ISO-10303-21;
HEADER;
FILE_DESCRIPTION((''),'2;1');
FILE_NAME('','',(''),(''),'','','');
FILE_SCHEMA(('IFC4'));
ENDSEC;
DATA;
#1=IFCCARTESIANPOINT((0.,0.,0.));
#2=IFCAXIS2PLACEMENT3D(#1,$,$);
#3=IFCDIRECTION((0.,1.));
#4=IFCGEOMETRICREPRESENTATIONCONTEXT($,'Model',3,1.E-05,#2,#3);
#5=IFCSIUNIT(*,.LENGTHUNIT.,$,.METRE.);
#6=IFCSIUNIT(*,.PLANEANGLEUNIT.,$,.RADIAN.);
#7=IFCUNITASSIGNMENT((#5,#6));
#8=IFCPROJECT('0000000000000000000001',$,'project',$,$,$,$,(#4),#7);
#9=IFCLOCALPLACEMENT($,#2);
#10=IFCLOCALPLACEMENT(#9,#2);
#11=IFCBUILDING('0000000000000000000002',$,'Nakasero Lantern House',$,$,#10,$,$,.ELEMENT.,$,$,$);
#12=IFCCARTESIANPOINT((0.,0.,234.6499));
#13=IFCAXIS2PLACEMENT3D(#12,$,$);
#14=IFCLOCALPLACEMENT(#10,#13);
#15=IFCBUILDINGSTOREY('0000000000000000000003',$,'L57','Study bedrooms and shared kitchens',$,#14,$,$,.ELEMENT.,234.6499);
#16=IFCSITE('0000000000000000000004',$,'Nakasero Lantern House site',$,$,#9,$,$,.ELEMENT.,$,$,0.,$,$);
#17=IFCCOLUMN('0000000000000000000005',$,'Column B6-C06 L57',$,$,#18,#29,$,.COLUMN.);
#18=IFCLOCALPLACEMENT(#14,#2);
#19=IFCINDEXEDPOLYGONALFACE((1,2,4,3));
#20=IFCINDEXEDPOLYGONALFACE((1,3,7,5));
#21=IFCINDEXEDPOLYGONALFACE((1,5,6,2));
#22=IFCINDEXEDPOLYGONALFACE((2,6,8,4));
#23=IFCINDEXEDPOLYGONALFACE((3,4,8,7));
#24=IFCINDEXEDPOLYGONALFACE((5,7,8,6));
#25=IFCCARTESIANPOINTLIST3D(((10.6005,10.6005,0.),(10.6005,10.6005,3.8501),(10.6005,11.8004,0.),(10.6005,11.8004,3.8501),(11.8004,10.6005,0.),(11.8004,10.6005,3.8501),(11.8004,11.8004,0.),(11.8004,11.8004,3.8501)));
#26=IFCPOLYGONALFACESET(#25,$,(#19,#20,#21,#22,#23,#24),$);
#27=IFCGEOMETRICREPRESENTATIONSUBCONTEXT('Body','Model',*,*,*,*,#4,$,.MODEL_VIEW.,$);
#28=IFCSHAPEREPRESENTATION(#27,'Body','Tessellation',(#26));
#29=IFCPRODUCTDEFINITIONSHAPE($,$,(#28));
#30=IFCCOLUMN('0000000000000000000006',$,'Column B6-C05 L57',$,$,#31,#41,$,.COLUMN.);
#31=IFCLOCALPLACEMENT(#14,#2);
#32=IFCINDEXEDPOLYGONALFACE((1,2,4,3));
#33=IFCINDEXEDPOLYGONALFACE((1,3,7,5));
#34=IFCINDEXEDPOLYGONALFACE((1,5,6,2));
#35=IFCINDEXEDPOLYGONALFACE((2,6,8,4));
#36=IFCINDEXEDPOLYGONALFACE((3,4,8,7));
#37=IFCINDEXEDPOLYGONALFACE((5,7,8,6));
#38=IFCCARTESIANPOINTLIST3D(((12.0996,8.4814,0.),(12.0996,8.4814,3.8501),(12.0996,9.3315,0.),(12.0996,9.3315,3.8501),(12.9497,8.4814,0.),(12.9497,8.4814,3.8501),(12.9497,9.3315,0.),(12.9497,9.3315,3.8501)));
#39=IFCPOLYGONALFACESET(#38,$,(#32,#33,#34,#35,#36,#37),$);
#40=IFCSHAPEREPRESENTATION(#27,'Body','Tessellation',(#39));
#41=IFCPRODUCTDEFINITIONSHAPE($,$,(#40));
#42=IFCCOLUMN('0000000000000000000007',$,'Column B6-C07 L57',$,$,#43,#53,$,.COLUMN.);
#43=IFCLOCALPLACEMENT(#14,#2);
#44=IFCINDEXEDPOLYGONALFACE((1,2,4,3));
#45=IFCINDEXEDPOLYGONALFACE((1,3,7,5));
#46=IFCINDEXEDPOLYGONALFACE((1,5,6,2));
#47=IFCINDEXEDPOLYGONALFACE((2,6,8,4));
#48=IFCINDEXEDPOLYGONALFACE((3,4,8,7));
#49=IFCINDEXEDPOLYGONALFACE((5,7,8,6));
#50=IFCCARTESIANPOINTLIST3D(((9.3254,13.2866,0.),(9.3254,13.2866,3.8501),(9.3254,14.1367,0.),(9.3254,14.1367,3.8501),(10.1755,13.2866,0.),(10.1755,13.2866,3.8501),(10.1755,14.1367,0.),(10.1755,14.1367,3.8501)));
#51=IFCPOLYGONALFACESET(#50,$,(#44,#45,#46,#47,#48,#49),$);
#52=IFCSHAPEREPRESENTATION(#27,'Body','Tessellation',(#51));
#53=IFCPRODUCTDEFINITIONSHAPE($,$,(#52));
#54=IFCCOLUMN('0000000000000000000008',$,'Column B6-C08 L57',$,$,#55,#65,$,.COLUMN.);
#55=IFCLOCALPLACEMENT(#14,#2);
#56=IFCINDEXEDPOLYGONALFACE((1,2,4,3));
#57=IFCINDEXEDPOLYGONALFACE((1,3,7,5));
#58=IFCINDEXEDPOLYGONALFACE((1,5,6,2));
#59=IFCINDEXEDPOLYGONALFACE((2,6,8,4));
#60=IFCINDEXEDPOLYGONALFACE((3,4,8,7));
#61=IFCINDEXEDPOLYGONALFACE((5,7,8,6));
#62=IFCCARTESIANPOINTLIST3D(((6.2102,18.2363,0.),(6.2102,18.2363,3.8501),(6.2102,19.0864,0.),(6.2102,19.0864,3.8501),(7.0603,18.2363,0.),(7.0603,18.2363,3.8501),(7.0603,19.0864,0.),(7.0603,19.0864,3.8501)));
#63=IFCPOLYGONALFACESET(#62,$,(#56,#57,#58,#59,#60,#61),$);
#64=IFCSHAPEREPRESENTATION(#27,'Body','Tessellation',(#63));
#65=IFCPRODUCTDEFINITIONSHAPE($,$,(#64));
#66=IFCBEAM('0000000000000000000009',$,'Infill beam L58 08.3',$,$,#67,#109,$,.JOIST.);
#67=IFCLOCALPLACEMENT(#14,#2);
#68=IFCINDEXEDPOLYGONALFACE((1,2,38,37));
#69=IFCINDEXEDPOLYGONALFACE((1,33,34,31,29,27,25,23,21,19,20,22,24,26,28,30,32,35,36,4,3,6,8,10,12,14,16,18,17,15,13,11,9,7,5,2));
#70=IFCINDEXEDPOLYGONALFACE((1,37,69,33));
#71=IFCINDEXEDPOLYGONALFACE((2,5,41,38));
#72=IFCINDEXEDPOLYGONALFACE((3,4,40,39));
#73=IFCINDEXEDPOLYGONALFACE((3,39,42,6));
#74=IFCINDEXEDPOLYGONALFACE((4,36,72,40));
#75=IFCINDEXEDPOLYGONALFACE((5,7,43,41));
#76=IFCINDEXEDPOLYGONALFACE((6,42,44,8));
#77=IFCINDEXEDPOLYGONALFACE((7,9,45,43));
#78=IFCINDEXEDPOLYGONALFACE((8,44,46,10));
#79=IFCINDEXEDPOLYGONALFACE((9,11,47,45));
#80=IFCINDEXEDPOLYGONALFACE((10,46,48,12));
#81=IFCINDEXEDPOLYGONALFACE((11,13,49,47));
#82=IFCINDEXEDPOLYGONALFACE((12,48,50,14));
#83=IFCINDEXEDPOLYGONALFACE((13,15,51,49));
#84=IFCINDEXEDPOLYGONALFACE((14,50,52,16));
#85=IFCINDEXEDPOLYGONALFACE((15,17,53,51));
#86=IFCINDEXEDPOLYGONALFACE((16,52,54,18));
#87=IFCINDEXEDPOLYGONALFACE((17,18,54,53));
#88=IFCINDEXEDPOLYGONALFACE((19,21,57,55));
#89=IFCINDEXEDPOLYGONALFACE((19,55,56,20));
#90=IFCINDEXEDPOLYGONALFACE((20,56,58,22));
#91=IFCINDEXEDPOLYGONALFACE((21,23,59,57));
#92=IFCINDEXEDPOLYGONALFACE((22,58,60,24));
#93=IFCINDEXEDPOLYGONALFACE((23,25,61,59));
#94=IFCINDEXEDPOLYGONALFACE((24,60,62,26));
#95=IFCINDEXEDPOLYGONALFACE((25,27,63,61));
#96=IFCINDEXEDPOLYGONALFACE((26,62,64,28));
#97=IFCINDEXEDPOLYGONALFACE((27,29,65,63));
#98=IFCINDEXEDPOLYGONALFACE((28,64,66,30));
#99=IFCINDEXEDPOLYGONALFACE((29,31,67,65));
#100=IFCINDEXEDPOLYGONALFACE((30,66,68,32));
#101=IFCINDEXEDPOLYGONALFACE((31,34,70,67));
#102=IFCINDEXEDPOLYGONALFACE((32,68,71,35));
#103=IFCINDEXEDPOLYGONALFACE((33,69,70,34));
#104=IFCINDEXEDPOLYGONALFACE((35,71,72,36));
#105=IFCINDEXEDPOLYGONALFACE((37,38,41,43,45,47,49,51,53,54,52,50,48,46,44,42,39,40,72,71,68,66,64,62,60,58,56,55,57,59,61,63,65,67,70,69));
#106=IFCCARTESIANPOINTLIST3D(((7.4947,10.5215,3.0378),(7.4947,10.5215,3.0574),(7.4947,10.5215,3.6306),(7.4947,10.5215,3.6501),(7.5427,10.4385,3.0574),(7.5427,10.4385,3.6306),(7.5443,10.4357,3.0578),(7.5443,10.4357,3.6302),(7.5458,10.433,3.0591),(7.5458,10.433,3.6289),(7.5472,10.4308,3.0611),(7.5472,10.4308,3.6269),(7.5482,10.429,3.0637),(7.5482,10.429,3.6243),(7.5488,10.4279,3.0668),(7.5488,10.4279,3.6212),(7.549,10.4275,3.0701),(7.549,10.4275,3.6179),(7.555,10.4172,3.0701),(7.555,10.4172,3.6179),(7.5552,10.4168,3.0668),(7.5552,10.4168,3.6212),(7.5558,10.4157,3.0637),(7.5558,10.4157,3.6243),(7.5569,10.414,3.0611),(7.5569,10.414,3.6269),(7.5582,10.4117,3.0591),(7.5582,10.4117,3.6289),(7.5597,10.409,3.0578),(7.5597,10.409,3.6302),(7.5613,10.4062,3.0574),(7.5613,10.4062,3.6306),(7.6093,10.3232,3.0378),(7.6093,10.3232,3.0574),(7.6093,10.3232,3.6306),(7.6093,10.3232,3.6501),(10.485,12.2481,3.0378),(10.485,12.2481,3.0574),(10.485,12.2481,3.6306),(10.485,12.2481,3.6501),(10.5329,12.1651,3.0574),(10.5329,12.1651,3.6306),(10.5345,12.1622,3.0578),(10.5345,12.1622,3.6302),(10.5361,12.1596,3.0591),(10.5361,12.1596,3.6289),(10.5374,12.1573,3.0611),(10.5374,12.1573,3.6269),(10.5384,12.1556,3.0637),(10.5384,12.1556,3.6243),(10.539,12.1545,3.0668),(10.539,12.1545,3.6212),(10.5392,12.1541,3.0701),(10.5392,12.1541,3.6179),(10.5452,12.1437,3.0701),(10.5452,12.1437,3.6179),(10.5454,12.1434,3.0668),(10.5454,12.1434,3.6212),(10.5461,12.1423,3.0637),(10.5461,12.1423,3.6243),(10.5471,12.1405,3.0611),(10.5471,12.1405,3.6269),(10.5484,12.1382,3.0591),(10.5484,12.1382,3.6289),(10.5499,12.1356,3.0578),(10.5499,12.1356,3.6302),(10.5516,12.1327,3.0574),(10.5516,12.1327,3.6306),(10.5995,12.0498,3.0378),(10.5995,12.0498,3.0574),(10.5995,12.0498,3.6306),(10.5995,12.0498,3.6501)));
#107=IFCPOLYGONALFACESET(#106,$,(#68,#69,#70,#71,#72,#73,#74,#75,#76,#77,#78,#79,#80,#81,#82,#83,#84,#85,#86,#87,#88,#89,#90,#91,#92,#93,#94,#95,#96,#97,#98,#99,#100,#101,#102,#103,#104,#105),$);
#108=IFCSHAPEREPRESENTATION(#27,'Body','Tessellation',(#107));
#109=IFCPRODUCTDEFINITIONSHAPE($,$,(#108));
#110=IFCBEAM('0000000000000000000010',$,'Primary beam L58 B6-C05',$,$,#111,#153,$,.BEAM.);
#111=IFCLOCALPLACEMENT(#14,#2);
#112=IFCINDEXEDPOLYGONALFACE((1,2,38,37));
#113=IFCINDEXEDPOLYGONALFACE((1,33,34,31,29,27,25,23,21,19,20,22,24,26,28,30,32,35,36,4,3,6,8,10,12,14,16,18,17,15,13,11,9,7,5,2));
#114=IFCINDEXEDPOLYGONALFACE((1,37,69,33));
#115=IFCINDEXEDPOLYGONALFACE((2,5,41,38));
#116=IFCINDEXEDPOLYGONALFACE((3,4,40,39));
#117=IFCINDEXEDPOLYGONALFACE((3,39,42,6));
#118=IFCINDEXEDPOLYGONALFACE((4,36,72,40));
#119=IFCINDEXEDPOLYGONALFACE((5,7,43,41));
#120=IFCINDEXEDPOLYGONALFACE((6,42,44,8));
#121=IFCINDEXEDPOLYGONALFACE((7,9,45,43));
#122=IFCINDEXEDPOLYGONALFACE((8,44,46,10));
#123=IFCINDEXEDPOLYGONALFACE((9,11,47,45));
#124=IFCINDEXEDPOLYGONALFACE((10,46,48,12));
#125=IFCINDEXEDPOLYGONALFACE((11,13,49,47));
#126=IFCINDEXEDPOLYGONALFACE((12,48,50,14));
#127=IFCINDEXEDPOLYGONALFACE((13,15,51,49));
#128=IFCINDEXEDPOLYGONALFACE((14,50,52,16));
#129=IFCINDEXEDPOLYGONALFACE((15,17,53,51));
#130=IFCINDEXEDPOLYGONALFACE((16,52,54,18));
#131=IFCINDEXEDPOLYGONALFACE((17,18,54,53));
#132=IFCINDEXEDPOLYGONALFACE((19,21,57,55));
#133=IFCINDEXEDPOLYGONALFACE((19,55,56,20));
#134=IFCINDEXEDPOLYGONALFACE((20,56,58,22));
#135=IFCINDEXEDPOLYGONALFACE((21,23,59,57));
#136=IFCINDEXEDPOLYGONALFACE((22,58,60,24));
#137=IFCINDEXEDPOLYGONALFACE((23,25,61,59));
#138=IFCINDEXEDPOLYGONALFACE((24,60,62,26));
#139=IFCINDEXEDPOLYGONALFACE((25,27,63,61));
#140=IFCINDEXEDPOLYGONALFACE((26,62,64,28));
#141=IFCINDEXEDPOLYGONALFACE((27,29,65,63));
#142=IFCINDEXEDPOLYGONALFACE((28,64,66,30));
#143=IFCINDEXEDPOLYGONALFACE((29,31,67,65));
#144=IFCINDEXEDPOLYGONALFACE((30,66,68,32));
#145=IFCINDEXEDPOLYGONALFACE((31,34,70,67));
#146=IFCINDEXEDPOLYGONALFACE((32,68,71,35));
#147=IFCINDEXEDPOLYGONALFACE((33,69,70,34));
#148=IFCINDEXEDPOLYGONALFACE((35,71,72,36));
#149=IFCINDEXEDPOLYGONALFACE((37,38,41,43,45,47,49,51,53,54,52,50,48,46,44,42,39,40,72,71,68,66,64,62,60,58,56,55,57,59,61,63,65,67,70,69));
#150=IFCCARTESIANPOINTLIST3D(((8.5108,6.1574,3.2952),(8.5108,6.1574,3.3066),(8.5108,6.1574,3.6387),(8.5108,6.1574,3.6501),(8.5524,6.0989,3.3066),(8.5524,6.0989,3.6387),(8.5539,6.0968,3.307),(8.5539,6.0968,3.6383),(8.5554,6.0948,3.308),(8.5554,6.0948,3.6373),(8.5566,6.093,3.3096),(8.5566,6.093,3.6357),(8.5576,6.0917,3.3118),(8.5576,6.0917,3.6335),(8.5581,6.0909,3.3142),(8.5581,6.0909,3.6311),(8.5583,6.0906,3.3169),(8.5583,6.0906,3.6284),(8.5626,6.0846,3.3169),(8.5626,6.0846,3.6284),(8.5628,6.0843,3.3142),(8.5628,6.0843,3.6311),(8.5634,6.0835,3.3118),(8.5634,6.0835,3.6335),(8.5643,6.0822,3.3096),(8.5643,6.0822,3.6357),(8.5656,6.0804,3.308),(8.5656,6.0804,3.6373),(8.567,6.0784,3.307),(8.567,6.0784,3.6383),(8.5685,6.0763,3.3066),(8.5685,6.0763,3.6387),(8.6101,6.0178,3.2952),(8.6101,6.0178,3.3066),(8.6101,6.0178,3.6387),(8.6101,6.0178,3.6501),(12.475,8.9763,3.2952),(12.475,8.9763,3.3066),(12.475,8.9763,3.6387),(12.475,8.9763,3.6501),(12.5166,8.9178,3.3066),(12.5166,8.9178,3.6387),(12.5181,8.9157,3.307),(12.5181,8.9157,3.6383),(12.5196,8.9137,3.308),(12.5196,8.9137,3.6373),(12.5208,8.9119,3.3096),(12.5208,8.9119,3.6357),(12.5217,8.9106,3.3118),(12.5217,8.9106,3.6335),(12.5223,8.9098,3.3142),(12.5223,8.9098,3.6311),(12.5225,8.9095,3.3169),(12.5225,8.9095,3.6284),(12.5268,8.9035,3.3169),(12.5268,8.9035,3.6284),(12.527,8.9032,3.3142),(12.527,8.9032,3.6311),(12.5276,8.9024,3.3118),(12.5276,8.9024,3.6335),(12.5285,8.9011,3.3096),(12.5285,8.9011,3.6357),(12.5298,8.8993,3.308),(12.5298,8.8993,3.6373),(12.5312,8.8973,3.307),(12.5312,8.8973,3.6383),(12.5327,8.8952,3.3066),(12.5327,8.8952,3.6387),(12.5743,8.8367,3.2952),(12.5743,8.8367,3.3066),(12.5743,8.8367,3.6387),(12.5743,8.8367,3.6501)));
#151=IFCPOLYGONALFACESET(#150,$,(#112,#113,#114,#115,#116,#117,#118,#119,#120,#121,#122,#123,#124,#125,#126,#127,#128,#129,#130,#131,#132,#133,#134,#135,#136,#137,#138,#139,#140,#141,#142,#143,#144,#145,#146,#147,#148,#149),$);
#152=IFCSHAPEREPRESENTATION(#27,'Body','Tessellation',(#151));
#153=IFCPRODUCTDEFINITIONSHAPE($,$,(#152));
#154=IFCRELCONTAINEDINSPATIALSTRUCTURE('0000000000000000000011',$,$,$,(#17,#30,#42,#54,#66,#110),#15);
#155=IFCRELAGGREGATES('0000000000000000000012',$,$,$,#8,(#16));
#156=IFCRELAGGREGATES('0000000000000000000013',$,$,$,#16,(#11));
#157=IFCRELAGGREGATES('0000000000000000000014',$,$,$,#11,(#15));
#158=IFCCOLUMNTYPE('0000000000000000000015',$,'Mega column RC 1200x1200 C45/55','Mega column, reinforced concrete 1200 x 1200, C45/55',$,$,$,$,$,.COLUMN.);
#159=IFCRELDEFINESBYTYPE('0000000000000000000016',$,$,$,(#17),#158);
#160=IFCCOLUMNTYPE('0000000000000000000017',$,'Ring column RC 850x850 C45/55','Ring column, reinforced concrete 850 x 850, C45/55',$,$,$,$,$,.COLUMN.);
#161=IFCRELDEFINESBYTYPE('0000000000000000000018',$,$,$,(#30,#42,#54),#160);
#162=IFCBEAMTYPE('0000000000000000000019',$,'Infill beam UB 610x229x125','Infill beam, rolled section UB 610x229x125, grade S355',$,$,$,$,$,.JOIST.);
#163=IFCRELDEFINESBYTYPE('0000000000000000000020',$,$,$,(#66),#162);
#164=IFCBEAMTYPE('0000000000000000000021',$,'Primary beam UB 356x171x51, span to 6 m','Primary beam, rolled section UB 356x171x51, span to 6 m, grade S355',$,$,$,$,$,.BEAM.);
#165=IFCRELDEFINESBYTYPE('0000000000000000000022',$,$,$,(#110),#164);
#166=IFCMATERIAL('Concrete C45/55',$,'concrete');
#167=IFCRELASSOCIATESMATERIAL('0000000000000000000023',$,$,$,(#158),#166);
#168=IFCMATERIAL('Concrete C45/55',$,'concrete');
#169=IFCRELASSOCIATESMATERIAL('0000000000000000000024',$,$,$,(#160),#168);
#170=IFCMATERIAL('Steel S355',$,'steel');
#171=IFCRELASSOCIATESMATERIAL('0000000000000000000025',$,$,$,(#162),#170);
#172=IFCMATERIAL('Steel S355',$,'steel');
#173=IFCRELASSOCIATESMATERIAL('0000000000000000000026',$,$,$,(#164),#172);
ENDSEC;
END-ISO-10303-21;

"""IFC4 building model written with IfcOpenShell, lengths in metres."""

from ifc_helpers import new_model, si_unit, direction, frame, origin, origin_2d, place, context, subcontext, project, spatial, rectangle, i_section, extrude, material, material_profile, profile_set, type_object, element, save


model = new_model("IFC4")

# Units and contexts
model_context = context("Model", 3, precision=1e-05, world=origin(), true_north=direction((0.0, 1.0)))
body_context = subcontext(model_context, "Body", "Model", "MODEL_VIEW")
ifc_project = project(units=[si_unit("LENGTHUNIT", "METRE"), si_unit("PLANEANGLEUNIT", "RADIAN")], contexts=[model_context])

# Site, building, storey
site_placement = place(None, origin())
site = spatial("IfcSite", under=ifc_project, at=site_placement, Name="Nakasero Lantern House site", CompositionType="ELEMENT", RefElevation=0.0)
building_placement = place(site_placement, origin())
building = spatial("IfcBuilding", under=site, at=building_placement, Name="Nakasero Lantern House", CompositionType="ELEMENT")
storey_placement = place(building_placement, frame((0.0, 0.0, 234.6499)))
storey = spatial("IfcBuildingStorey", under=building, at=storey_placement, Name="L57", Description="Study bedrooms and shared kitchens", CompositionType="ELEMENT", Elevation=234.6499)

# Columns
ifc_material_1 = material(Name="Concrete C45/55", Category="concrete")
ifc_material_profile_1 = material_profile(ifc_material_1, rectangle(XDim=1.2, YDim=1.2, at=origin_2d()), Name="RC 1200x1200")
ifc_profile_set_1 = profile_set([ifc_material_profile_1], Name="Concrete C45/55")
column_type_1 = type_object("IfcColumnType", Name="Mega column RC 1200x1200 C45/55", Description="Mega column, reinforced concrete 1200 x 1200, C45/55", PredefinedType="COLUMN", material=ifc_profile_set_1)
column_placement = place(storey_placement, frame((11.2004, 11.2004, 0.0), z_axis=(0.0, 0.0, 1.0), x_axis=(1.0, 0.0, 0.0)))
element("IfcColumn", 1, at=column_placement, inside=storey, type_object=column_type_1, Name="Column B6-C06 L57", PredefinedType="COLUMN", context=body_context, shape_type="SweptSolid", body=[
    extrude(rectangle(XDim=1.2, YDim=1.2, at=origin_2d()), origin(), (0.0, 0.0, 1.0), 3.8501),
])
ifc_material_2 = material(Name="Concrete C45/55", Category="concrete")
ifc_material_profile_2 = material_profile(ifc_material_2, rectangle(XDim=0.8501, YDim=0.8501, at=origin_2d()), Name="RC 850x850")
ifc_profile_set_2 = profile_set([ifc_material_profile_2], Name="Concrete C45/55")
column_type_2 = type_object("IfcColumnType", Name="Ring column RC 850x850 C45/55", Description="Ring column, reinforced concrete 850 x 850, C45/55", PredefinedType="COLUMN", material=ifc_profile_set_2)
for number, where, z_axis, x_axis, name in (
    (2, (12.5247, 8.9065, 0.0), (0.0, 0.0, 1.0), (1.0, 0.0, 0.0), "Column B6-C05 L57"),
    (3, (9.7505, 13.7117, 0.0), (0.0, 0.0, 1.0), (1.0, 0.0, 0.0), "Column B6-C07 L57"),
    (4, (6.6353, 18.6614, 0.0), (0.0, 0.0, 1.0), (1.0, 0.0, 0.0), "Column B6-C08 L57"),
):
    element("IfcColumn", number, at=place(storey_placement, frame(where, z_axis=z_axis, x_axis=x_axis)), inside=storey, type_object=column_type_2, Name=name, PredefinedType="COLUMN", context=body_context, shape_type="SweptSolid", body=[
        extrude(rectangle(XDim=0.8501, YDim=0.8501, at=origin_2d()), origin(), (0.0, 0.0, 1.0), 3.8501),
    ])

# Beams
ifc_material_3 = material(Name="Steel S355", Category="steel")
ifc_material_profile_3 = material_profile(ifc_material_3, i_section(OverallWidth=0.229, OverallDepth=0.6123, WebThickness=0.012, FlangeThickness=0.0195, FilletRadius=0.0127, at=origin_2d()), Name="UB 610x229x125")
ifc_profile_set_3 = profile_set([ifc_material_profile_3], Name="Steel S355")
beam_type_1 = type_object("IfcBeamType", Name="Infill beam UB 610x229x125", Description="Infill beam, rolled section UB 610x229x125, grade S355", PredefinedType="JOIST", material=ifc_profile_set_3)
beam_1_placement = place(storey_placement, frame((7.552, 10.4224, 3.344), z_axis=(0.866007, 0.500033, 0.0), x_axis=(-0.500033, 0.866007, 0.0)))
element("IfcBeam", 5, at=beam_1_placement, inside=storey, type_object=beam_type_1, Name="Infill beam L58 08.3", PredefinedType="JOIST", context=body_context, shape_type="SweptSolid", body=[
    extrude(i_section(OverallWidth=0.229, OverallDepth=0.6123, WebThickness=0.012, FlangeThickness=0.0195, FilletRadius=0.0127, at=origin_2d()), origin(), (0.0, 0.0, 1.0), 3.4529),
])
ifc_material_4 = material(Name="Steel S355", Category="steel")
ifc_material_profile_4 = material_profile(ifc_material_4, i_section(OverallWidth=0.1714, OverallDepth=0.355, WebThickness=0.0073, FlangeThickness=0.0115, FilletRadius=0.0103, at=origin_2d()), Name="UB 356x171x51")
ifc_profile_set_4 = profile_set([ifc_material_profile_4], Name="Steel S355")
beam_type_2 = type_object("IfcBeamType", Name="Primary beam UB 356x171x51, span to 6 m", Description="Primary beam, rolled section UB 356x171x51, span to 6 m, grade S355", PredefinedType="BEAM", material=ifc_profile_set_4)
beam_2_placement = place(storey_placement, frame((12.5247, 8.9065, 3.4727), z_axis=(-0.814963, -0.579513, 0.0), x_axis=(0.579513, -0.814963, 0.0)))
element("IfcBeam", 6, at=beam_2_placement, inside=storey, type_object=beam_type_2, Name="Primary beam L58 B6-C05", PredefinedType="BEAM", context=body_context, shape_type="SweptSolid", body=[
    extrude(i_section(OverallWidth=0.1714, OverallDepth=0.355, WebThickness=0.0073, FlangeThickness=0.0115, FilletRadius=0.0103, at=origin_2d()), origin(), (0.0, 0.0, 1.0), 4.8643),
])

save(model, "model.ifc")
